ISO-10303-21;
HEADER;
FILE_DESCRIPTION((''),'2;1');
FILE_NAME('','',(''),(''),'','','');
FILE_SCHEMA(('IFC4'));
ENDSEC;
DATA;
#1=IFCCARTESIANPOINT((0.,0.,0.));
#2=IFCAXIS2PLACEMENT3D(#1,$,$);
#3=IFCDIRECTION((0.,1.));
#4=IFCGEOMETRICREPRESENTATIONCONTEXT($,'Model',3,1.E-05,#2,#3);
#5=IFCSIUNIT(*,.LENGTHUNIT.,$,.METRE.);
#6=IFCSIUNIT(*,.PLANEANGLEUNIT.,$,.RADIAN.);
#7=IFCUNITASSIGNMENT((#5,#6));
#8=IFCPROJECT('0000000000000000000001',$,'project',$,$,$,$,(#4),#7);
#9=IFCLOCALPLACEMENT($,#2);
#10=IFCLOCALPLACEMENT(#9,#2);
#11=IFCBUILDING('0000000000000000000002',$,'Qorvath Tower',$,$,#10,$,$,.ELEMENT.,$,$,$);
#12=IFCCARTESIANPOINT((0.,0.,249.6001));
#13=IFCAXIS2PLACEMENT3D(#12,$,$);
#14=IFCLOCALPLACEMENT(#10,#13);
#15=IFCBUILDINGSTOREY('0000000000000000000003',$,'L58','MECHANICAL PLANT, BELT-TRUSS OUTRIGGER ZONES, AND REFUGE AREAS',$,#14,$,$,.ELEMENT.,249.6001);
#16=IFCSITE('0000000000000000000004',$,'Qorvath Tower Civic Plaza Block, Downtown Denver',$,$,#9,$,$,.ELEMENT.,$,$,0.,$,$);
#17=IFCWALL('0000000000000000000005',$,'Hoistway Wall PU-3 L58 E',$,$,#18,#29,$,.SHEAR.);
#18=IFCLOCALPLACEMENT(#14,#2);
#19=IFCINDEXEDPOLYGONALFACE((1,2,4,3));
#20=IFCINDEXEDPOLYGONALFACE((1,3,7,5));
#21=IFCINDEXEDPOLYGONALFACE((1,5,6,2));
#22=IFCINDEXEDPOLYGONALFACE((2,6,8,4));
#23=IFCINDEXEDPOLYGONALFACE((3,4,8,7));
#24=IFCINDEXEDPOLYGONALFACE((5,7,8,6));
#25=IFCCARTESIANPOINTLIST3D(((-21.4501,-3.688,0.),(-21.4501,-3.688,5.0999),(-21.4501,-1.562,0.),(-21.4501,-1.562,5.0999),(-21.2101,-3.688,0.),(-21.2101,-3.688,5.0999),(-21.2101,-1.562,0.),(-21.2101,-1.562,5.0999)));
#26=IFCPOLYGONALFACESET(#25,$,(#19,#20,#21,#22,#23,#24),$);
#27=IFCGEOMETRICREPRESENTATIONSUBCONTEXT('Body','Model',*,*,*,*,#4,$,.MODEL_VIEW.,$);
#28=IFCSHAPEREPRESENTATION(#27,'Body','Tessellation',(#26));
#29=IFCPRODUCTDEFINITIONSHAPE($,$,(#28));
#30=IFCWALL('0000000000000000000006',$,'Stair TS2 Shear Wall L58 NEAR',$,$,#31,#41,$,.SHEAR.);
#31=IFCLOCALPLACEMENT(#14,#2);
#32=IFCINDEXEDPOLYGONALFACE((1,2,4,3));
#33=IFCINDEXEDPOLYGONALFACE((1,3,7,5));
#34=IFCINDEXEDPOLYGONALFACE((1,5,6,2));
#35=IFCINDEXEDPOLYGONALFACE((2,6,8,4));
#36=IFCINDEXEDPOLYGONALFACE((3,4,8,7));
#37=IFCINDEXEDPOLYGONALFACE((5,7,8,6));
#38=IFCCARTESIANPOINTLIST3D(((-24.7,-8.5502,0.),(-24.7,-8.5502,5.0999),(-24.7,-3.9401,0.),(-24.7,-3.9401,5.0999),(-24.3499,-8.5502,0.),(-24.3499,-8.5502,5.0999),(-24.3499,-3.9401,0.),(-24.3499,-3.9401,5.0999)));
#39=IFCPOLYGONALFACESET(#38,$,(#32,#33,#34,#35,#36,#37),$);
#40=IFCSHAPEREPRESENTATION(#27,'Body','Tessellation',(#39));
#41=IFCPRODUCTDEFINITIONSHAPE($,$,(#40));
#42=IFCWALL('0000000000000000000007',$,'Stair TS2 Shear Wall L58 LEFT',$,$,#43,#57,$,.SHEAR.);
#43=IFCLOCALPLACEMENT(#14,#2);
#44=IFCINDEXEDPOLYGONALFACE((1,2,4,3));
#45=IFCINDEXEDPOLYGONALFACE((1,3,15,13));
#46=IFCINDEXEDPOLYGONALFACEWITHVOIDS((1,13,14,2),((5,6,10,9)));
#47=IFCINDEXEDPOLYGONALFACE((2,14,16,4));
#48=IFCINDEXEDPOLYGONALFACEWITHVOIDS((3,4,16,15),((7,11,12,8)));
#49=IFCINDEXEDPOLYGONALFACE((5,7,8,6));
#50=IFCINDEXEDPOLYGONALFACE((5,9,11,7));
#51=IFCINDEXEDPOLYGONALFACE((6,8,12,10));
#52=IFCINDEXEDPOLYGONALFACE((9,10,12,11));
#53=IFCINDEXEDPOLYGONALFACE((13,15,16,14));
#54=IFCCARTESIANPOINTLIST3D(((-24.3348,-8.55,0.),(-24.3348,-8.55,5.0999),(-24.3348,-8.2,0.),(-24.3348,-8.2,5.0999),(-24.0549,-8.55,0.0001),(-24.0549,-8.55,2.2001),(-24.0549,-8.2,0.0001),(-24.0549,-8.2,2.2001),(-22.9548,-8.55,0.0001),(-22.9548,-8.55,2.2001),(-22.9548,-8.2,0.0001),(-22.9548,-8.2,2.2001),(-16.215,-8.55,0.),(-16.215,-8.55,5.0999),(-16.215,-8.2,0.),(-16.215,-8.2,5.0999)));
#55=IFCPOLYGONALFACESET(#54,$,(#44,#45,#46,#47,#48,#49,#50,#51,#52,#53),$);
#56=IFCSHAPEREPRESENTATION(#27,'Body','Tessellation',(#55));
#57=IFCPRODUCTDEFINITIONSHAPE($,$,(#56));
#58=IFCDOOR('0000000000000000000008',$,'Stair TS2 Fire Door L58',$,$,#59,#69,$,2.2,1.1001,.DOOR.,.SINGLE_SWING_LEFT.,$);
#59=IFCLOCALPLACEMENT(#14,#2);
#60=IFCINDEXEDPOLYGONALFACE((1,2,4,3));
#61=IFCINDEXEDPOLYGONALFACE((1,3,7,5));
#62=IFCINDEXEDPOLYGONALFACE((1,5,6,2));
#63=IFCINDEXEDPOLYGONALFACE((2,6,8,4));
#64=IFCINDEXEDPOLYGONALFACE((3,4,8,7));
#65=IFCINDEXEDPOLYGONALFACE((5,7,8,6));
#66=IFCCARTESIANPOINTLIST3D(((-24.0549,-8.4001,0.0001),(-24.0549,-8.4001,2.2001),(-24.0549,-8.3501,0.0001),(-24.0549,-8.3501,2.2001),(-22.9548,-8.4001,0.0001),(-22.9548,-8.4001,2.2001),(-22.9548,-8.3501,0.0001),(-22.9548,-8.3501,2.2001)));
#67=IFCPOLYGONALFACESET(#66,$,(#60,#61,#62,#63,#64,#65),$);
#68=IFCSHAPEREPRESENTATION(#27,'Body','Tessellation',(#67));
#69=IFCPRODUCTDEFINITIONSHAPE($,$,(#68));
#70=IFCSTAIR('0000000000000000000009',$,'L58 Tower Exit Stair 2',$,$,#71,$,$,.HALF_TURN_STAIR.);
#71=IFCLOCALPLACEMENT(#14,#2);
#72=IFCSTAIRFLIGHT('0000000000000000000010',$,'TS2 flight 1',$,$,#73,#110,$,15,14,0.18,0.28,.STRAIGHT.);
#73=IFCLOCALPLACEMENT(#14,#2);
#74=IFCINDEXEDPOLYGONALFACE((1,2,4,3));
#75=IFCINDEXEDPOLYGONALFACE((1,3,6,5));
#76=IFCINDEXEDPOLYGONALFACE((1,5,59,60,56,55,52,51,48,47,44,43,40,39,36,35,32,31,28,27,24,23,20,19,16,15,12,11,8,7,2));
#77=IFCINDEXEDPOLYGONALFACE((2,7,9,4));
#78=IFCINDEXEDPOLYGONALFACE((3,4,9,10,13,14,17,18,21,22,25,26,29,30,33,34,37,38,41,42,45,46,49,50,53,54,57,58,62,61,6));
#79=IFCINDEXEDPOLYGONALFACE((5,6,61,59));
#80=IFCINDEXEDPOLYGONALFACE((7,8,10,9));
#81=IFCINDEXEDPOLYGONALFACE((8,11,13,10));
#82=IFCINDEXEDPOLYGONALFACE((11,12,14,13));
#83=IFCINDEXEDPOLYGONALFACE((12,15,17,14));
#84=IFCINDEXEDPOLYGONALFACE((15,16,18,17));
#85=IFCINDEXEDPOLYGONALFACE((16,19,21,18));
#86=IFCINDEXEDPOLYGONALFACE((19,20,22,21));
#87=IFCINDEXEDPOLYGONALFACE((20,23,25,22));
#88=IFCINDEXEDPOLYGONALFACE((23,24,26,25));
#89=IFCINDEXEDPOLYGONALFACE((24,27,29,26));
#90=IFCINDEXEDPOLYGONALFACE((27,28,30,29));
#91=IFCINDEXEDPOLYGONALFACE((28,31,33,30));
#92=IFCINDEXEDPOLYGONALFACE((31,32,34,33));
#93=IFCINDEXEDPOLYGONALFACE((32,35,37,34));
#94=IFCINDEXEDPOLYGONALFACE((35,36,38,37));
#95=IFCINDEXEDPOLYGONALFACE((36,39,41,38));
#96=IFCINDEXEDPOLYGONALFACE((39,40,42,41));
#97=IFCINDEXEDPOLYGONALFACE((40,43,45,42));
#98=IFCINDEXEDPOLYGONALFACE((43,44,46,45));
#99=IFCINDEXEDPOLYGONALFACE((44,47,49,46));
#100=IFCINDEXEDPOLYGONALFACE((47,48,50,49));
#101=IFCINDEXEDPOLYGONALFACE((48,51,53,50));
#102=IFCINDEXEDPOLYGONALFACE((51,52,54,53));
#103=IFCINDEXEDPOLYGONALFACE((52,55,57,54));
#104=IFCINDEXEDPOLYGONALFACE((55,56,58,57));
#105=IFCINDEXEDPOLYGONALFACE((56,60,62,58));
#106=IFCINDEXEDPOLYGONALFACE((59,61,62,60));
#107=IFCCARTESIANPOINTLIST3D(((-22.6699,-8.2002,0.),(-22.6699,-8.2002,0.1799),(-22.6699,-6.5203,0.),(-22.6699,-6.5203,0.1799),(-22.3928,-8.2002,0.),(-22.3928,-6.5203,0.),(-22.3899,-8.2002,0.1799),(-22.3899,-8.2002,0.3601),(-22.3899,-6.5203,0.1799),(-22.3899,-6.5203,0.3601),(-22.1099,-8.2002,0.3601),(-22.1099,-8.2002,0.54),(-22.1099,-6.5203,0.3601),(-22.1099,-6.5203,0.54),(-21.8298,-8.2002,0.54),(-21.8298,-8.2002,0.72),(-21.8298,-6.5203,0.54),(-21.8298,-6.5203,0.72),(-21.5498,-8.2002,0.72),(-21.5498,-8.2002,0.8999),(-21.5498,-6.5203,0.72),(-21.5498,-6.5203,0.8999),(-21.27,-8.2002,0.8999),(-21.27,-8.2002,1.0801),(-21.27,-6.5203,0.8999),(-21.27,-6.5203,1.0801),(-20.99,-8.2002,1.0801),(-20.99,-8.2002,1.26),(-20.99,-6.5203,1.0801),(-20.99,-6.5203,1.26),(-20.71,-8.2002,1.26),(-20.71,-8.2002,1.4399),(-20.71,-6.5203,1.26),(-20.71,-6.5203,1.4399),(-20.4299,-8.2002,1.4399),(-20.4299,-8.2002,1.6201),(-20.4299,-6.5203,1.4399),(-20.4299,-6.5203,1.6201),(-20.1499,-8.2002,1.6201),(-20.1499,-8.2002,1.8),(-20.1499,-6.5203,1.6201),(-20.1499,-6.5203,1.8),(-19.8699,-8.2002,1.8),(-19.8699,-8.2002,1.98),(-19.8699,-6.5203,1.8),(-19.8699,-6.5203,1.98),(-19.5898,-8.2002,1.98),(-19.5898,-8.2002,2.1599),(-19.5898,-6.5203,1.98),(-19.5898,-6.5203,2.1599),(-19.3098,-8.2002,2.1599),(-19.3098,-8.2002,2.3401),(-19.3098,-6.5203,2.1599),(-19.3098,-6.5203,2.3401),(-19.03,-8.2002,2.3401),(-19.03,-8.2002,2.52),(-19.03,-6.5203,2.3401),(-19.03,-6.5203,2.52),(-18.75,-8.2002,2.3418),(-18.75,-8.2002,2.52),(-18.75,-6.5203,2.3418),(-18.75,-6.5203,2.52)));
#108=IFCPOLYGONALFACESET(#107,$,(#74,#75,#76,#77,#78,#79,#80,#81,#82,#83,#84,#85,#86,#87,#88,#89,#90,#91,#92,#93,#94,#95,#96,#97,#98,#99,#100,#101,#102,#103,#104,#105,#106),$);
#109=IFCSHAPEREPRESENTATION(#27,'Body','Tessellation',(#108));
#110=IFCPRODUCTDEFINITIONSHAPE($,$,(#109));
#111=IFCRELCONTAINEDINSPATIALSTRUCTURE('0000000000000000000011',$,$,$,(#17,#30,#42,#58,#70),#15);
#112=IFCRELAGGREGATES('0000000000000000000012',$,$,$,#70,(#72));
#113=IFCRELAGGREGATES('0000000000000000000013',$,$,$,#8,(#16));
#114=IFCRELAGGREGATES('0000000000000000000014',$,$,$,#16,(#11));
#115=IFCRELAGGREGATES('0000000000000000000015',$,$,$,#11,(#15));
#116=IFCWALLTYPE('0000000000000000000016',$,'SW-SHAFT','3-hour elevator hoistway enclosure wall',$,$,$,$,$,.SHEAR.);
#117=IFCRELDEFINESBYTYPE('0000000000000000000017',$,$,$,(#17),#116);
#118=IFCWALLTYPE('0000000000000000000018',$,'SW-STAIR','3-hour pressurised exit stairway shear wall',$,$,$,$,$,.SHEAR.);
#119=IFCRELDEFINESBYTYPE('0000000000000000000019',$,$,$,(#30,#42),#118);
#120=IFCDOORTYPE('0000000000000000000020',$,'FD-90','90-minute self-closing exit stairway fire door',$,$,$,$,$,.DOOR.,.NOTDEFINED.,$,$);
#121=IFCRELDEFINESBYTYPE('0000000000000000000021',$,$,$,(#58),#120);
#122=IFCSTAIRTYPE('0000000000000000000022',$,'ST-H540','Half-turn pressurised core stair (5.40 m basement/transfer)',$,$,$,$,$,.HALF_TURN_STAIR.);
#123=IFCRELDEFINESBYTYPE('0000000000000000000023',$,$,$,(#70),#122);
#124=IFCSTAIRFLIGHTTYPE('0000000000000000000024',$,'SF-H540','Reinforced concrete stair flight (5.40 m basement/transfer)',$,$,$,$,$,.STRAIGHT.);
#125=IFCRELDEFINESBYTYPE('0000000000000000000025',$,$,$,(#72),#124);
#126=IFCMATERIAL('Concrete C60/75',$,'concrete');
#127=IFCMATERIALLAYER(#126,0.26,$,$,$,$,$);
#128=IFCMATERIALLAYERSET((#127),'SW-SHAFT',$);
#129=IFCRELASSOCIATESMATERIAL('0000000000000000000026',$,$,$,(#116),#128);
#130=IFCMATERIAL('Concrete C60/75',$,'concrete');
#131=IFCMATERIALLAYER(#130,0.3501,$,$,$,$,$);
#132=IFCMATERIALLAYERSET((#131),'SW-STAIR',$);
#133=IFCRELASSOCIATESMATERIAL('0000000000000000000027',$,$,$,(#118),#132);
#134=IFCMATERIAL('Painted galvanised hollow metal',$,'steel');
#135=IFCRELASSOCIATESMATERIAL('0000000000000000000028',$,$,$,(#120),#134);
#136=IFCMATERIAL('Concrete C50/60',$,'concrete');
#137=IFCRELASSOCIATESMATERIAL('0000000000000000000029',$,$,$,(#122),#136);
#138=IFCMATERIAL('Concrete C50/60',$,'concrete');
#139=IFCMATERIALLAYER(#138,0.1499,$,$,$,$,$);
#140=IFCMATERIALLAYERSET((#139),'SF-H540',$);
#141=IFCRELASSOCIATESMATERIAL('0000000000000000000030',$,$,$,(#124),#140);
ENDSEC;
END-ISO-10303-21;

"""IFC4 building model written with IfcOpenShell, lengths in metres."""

from ifc_helpers import new_model, si_unit, direction, frame, frame_2d, origin, place, context, subcontext, project, spatial, polyline, rectangle, outline, extrude, material, layer, layer_set, type_object, element, fill, aggregate, save


model = new_model("IFC4")

# Units and contexts
model_context = context("Model", 3, precision=1e-05, world=origin(), true_north=direction((0.0, 1.0)))
body_context = subcontext(model_context, "Body", "Model", "MODEL_VIEW")
ifc_project = project(units=[si_unit("LENGTHUNIT", "METRE"), si_unit("PLANEANGLEUNIT", "RADIAN")], contexts=[model_context])

# Site, building, storey
site_placement = place(None, origin())
site = spatial("IfcSite", under=ifc_project, at=site_placement, Name="Qorvath Tower Civic Plaza Block, Downtown Denver", CompositionType="ELEMENT", RefElevation=0.0)
building_placement = place(site_placement, origin())
building = spatial("IfcBuilding", under=site, at=building_placement, Name="Qorvath Tower", CompositionType="ELEMENT")
storey_placement = place(building_placement, frame((0.0, 0.0, 249.6001)))
storey = spatial("IfcBuildingStorey", under=building, at=storey_placement, Name="L58", Description="MECHANICAL PLANT, BELT-TRUSS OUTRIGGER ZONES, AND REFUGE AREAS", CompositionType="ELEMENT", Elevation=249.6001)

# Shared definitions
ifc_material_1 = material(Name="Concrete C60/75", Category="concrete")
ifc_layer_1 = layer(ifc_material_1, 0.26)
ifc_layer_set_1 = layer_set([ifc_layer_1], Name="SW-SHAFT")
wall_type_1 = type_object("IfcWallType", Name="SW-SHAFT", Description="3-hour elevator hoistway enclosure wall", PredefinedType="SHEAR", material=ifc_layer_set_1)

# Walls
wall_1_placement = place(storey_placement, frame((-21.3301, -1.562, 0.0), z_axis=(0.0, 0.0, 1.0), x_axis=(0.0, -1.0, 0.0)))
element("IfcWall", 1, at=wall_1_placement, inside=storey, type_object=wall_type_1, Name="Hoistway Wall PU-3 L58 E", PredefinedType="SHEAR", context=body_context, shape_type="SweptSolid", body=[
    extrude(rectangle(XDim=2.126, YDim=0.24, at=frame_2d((1.063, 0.0))), origin(), (0.0, 0.0, 1.0), 5.0999),
])
ifc_material_2 = material(Name="Concrete C60/75", Category="concrete")
ifc_layer_2 = layer(ifc_material_2, 0.3501)
ifc_layer_set_2 = layer_set([ifc_layer_2], Name="SW-STAIR")
wall_type_2 = type_object("IfcWallType", Name="SW-STAIR", Description="3-hour pressurised exit stairway shear wall", PredefinedType="SHEAR", material=ifc_layer_set_2)
wall_2_placement = place(storey_placement, frame((-24.5249, -3.9399, 0.0), z_axis=(0.0, 0.0, 1.0), x_axis=(0.0, -1.0, 0.0)))
element("IfcWall", 2, at=wall_2_placement, inside=storey, type_object=wall_type_2, Name="Stair TS2 Shear Wall L58 NEAR", PredefinedType="SHEAR", context=body_context, shape_type="SweptSolid", body=[
    extrude(rectangle(XDim=4.6101, YDim=0.3501, at=frame_2d((2.3052, 0.0))), origin(), (0.0, 0.0, 1.0), 5.0999),
])

# Wall, opening, door
wall_3_placement = place(storey_placement, frame((-24.335, -8.375, 0.0), z_axis=(0.0, 0.0, 1.0), x_axis=(1.0, 0.0, 0.0)))
wall_3 = element("IfcWall", 3, at=wall_3_placement, inside=storey, type_object=wall_type_2, Name="Stair TS2 Shear Wall L58 LEFT", PredefinedType="SHEAR", context=body_context, shape_type="SweptSolid", body=[
    extrude(rectangle(XDim=8.1199, YDim=0.3501, at=frame_2d((4.0601, 0.0))), origin(), (0.0, 0.0, 1.0), 5.0999),
])
opening_1_placement = place(wall_3_placement, frame((0.28, 0.0, 0.0)))
opening_1 = element("IfcOpeningElement", 4, at=opening_1_placement, cuts=wall_3, PredefinedType="OPENING", context=body_context, shape_type="SweptSolid", body=[
    extrude(rectangle(XDim=1.1001, YDim=2.2, at=frame_2d((0.55, 1.1001))), frame((0.0, 0.1851, 0.0), z_axis=(0.0, -1.0, 0.0), x_axis=(1.0, 0.0, 0.0)), (0.0, 0.0, 1.0), 0.3701),
])
ifc_material_3 = material(Name="Painted galvanised hollow metal", Category="steel")
door_type_1 = type_object("IfcDoorType", Name="FD-90", Description="90-minute self-closing exit stairway fire door", OperationType="NOTDEFINED", PredefinedType="DOOR", material=ifc_material_3)
door_1_placement = place(opening_1_placement, origin())
door_1 = element("IfcDoor", 5, at=door_1_placement, inside=storey, type_object=door_type_1, Name="Stair TS2 Fire Door L58", OperationType="SINGLE_SWING_LEFT", OverallHeight=2.2, OverallWidth=1.1001, PredefinedType="DOOR", context=body_context, shape_type="SweptSolid", body=[
    extrude(rectangle(XDim=1.1001, YDim=2.2, at=frame_2d((0.55, 1.1001))), frame((0.0, 0.0249, 0.0), z_axis=(0.0, -1.0, 0.0), x_axis=(1.0, 0.0, 0.0)), (0.0, 0.0, 1.0), 0.05),
])
fill(opening_1, door_1)

# Stair, stair flight
ifc_material_4 = material(Name="Concrete C50/60", Category="concrete")
stair_type = type_object("IfcStairType", Name="ST-H540", Description="Half-turn pressurised core stair (5.40 m basement/transfer)", PredefinedType="HALF_TURN_STAIR", material=ifc_material_4)
stair_placement = place(storey_placement, origin())
stair = element("IfcStair", 6, at=stair_placement, inside=storey, type_object=stair_type, Name="L58 Tower Exit Stair 2", PredefinedType="HALF_TURN_STAIR")
ifc_material_5 = material(Name="Concrete C50/60", Category="concrete")
ifc_layer_3 = layer(ifc_material_5, 0.1499)
ifc_layer_set_3 = layer_set([ifc_layer_3], Name="SF-H540")
stair_flight_type = type_object("IfcStairFlightType", Name="SF-H540", Description="Reinforced concrete stair flight (5.40 m basement/transfer)", PredefinedType="STRAIGHT", material=ifc_layer_set_3)
stair_flight_placement = place(storey_placement, frame((-22.6699, -7.3601, 0.0), z_axis=(0.0, 0.0, 1.0), x_axis=(1.0, 0.0, 0.0)))
stair_flight = element("IfcStairFlight", 7, at=stair_flight_placement, type_object=stair_flight_type, Name="TS2 flight 1", NumberOfRisers=15, NumberOfTreads=14, PredefinedType="STRAIGHT", RiserHeight=0.18, TreadLength=0.28, context=body_context, shape_type="SweptSolid", body=[
    extrude(outline(polyline([(0.0, 0.0), (0.0, 0.1799), (0.28, 0.1799), (0.28, 0.3601), (0.5601, 0.3601), (0.5601, 0.54), (0.8401, 0.54), (0.8401, 0.72), (1.1201, 0.72), (1.1201, 0.8999), (1.3999, 0.8999), (1.3999, 1.0801), (1.6799, 1.0801), (1.6799, 1.26), (1.96, 1.26), (1.96, 1.4399), (2.24, 1.4399), (2.24, 1.6201), (2.52, 1.6201), (2.52, 1.8), (2.8, 1.8), (2.8, 1.98), (3.0801, 1.98), (3.0801, 2.1599), (3.3601, 2.1599), (3.3601, 2.3401), (3.6399, 2.3401), (3.6399, 2.52), (3.9199, 2.52), (3.9199, 2.7), (3.9199, 2.3418), (0.2771, 0.0), (0.0, 0.0)])), frame((0.0, 0.8398, 0.0), z_axis=(0.0, -1.0, 0.0), x_axis=(1.0, 0.0, 0.0)), (0.0, 0.0, 1.0), 1.6799),
])
aggregate(stair, [stair_flight])

save(model, "model.ifc")
